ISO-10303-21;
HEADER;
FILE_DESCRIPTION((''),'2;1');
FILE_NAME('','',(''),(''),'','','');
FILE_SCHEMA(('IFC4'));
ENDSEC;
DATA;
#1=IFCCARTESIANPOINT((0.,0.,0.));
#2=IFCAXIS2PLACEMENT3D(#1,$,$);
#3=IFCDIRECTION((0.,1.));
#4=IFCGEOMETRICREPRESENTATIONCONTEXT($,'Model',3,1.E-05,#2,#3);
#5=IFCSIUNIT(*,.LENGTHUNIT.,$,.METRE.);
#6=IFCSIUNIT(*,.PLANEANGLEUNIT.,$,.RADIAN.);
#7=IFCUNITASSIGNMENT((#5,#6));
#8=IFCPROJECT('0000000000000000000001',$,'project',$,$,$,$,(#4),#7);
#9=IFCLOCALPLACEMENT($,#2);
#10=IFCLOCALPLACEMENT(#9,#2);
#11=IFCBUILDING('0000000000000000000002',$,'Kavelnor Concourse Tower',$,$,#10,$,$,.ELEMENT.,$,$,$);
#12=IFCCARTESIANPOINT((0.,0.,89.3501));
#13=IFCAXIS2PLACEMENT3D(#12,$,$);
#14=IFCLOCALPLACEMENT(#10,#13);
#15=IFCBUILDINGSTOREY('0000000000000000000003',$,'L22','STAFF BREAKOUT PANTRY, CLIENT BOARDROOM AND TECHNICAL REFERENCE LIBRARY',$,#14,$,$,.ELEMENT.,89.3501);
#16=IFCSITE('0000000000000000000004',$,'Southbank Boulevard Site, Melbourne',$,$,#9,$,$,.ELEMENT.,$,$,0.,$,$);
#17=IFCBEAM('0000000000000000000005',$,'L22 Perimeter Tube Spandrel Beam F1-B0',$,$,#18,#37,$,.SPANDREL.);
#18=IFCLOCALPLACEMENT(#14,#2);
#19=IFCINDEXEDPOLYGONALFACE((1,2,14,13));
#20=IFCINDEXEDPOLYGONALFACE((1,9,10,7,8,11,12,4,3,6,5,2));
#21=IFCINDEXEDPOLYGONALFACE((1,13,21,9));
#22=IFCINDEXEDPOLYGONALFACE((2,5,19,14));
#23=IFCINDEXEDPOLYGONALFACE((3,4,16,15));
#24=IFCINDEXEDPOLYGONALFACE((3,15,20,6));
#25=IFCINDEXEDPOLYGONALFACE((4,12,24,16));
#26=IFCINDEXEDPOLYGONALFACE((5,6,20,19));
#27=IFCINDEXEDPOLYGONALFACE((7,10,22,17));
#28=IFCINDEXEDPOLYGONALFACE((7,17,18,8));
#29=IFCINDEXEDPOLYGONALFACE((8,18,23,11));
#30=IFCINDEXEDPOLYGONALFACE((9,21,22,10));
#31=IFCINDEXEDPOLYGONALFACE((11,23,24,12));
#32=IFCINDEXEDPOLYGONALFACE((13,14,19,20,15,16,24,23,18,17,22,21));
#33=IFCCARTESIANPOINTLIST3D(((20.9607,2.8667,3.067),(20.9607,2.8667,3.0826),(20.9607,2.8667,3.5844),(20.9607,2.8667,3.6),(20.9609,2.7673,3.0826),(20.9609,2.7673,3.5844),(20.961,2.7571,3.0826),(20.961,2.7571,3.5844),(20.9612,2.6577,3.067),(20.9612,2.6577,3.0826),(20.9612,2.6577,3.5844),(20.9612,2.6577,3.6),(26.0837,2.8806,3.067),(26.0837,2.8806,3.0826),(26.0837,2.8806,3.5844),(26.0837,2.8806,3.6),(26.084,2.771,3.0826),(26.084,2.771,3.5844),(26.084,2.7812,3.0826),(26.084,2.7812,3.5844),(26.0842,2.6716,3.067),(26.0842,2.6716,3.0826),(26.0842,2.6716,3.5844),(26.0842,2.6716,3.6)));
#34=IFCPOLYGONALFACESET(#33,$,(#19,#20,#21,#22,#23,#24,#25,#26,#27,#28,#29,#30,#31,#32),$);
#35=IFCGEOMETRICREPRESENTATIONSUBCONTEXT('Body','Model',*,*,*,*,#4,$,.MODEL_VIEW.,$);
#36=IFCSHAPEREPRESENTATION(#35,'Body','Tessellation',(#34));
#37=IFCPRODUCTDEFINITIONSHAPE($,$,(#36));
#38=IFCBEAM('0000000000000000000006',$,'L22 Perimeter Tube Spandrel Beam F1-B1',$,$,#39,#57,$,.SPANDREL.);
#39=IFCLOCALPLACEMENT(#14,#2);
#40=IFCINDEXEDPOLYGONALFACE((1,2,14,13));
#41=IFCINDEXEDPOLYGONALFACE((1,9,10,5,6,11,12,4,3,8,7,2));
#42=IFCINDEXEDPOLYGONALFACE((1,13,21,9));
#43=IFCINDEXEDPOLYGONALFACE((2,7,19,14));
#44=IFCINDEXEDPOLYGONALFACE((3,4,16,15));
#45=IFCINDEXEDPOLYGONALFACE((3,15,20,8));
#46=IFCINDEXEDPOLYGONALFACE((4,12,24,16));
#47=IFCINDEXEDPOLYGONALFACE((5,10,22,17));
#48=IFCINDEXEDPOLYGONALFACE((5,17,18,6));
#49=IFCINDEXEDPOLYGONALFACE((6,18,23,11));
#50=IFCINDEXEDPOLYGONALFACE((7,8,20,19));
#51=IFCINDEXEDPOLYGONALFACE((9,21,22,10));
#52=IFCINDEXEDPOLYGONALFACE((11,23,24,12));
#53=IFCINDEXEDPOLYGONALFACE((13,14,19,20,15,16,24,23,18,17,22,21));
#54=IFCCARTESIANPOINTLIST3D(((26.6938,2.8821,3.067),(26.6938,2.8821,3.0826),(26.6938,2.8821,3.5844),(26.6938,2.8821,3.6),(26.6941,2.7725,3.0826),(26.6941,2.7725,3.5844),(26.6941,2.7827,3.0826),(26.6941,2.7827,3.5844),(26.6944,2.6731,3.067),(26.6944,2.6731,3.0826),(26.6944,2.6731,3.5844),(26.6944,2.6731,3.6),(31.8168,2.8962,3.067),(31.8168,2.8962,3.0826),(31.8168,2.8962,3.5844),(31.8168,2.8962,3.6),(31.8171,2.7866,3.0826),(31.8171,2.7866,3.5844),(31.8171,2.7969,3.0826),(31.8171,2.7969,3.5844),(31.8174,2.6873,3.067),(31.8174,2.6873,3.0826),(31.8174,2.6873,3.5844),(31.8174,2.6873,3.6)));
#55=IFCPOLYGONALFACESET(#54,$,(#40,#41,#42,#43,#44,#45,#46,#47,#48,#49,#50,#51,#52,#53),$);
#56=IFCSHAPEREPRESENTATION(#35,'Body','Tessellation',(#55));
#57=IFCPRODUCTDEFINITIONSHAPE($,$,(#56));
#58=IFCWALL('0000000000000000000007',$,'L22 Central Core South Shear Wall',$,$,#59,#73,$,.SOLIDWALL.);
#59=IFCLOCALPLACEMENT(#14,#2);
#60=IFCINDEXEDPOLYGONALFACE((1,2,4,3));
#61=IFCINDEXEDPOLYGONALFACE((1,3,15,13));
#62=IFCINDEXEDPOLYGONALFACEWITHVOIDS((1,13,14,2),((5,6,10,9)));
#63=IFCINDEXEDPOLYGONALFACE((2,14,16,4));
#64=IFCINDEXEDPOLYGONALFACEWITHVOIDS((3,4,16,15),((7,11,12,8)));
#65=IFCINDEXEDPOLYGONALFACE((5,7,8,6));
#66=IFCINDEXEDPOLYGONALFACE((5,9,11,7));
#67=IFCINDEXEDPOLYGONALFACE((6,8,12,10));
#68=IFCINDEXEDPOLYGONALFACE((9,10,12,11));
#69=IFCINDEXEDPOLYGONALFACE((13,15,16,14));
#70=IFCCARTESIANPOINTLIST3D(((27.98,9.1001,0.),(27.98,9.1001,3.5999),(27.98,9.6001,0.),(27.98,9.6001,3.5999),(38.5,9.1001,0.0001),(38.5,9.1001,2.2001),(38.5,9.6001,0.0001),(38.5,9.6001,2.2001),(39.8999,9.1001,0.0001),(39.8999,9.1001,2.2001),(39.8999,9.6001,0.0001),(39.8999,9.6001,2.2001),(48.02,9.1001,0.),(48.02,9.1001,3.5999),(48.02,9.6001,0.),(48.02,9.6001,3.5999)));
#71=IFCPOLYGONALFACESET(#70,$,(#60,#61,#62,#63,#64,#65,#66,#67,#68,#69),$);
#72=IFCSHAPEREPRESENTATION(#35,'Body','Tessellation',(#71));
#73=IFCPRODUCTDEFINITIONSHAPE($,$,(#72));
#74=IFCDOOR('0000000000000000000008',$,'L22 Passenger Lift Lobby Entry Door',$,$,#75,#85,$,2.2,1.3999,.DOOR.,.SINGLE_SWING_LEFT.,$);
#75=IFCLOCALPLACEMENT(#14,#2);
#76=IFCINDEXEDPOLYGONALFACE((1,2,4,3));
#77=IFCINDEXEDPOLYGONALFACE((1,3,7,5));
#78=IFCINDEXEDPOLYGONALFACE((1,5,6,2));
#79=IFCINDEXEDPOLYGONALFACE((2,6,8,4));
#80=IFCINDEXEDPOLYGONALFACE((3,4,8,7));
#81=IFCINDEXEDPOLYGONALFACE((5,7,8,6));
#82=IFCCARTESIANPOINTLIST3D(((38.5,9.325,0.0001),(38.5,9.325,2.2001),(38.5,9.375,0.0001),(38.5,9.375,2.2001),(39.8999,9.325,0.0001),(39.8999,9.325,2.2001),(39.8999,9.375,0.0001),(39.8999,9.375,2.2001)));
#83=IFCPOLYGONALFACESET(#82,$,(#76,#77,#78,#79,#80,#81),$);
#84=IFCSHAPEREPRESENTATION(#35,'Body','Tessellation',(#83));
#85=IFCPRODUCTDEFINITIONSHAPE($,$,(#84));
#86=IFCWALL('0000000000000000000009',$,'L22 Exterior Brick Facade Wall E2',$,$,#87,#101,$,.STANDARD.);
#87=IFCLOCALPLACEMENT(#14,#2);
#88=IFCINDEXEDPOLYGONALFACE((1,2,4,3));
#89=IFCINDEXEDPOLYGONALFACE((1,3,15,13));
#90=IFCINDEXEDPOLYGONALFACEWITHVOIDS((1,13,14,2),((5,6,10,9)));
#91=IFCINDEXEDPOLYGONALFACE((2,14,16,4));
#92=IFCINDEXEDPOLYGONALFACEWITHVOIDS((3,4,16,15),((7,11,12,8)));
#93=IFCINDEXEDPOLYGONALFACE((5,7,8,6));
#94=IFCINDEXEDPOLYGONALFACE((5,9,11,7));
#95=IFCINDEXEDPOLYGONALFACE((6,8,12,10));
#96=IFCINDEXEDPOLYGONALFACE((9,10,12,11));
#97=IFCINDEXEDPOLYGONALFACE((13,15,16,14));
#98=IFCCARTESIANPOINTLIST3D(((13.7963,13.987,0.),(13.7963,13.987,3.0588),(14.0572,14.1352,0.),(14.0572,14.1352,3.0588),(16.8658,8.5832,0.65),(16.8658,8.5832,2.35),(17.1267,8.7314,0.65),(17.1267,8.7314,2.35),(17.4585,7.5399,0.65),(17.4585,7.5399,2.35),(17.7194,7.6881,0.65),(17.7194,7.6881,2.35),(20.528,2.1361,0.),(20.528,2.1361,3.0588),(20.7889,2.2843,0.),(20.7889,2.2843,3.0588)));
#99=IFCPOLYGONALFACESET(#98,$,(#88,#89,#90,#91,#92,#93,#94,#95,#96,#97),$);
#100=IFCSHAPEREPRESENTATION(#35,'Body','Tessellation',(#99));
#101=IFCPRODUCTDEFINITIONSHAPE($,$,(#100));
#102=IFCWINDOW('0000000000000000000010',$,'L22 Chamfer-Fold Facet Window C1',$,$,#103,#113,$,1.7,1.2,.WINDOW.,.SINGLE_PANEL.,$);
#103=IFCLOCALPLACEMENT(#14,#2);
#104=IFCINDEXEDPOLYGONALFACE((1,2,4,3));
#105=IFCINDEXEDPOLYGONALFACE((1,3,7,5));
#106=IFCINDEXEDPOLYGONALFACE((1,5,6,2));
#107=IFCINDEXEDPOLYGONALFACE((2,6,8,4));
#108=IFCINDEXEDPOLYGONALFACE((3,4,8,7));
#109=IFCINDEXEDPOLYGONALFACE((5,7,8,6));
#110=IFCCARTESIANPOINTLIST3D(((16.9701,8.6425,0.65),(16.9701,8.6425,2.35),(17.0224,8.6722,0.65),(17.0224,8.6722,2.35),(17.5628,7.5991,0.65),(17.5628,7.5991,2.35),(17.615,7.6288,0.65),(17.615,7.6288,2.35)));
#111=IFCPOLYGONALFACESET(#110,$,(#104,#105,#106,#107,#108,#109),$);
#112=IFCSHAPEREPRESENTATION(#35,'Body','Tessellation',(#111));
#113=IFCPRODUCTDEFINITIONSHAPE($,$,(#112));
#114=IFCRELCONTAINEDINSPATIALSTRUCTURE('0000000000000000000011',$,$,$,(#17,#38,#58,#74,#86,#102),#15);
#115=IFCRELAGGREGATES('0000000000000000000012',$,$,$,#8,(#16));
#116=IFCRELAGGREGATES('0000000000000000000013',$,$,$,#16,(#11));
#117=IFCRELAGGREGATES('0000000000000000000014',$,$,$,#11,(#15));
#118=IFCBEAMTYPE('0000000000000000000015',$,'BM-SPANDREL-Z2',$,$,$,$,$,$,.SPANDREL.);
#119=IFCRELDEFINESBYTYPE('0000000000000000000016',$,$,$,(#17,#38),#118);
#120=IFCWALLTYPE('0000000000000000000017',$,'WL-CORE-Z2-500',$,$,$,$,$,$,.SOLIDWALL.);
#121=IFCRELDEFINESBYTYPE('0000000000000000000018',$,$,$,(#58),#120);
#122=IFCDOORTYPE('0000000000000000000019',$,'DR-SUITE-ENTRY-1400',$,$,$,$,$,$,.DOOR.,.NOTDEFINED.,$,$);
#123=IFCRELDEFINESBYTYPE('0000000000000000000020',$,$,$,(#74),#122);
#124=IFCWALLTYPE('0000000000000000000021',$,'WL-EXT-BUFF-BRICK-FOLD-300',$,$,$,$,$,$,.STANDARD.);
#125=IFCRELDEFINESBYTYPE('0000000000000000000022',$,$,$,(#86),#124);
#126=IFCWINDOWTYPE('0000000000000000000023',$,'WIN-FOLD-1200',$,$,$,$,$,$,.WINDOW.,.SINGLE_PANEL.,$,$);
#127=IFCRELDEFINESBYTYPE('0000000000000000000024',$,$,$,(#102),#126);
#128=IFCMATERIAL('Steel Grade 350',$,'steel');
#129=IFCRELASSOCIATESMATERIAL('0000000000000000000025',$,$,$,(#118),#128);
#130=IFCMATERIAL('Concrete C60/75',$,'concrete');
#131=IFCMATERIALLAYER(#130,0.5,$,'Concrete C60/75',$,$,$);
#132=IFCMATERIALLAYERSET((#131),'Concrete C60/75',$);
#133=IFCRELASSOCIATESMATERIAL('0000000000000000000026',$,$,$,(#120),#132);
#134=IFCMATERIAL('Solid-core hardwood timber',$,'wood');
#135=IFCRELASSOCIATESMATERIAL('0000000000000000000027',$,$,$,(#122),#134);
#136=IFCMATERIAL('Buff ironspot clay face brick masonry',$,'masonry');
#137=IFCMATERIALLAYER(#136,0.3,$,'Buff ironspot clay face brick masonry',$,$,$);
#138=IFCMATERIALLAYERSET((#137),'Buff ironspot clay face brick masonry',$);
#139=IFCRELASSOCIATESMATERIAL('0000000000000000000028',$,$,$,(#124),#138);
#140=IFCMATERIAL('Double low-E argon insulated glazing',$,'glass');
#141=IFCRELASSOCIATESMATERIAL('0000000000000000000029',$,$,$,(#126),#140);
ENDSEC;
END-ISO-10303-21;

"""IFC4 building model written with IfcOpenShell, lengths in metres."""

from ifc_helpers import new_model, si_unit, direction, frame, frame_2d, origin, origin_2d, place, context, subcontext, project, spatial, rectangle, i_section, extrude, material, layer, layer_set, material_profile, profile_set, type_object, element, fill, save


model = new_model("IFC4")

# Units and contexts
model_context = context("Model", 3, precision=1e-05, world=origin(), true_north=direction((0.0, 1.0)))
body_context = subcontext(model_context, "Body", "Model", "MODEL_VIEW")
ifc_project = project(units=[si_unit("LENGTHUNIT", "METRE"), si_unit("PLANEANGLEUNIT", "RADIAN")], contexts=[model_context])

# Site, building, storey
site_placement = place(None, origin())
site = spatial("IfcSite", under=ifc_project, at=site_placement, Name="Southbank Boulevard Site, Melbourne", CompositionType="ELEMENT", RefElevation=0.0)
building_placement = place(site_placement, origin())
building = spatial("IfcBuilding", under=site, at=building_placement, Name="Kavelnor Concourse Tower", CompositionType="ELEMENT")
storey_placement = place(building_placement, frame((0.0, 0.0, 89.3501)))
storey = spatial("IfcBuildingStorey", under=building, at=storey_placement, Name="L22", Description="STAFF BREAKOUT PANTRY, CLIENT BOARDROOM AND TECHNICAL REFERENCE LIBRARY", CompositionType="ELEMENT", Elevation=89.3501)

# Shared definitions
ifc_material_1 = material(Name="Steel Grade 350", Category="steel")

# Beams
ifc_material_profile_1 = material_profile(ifc_material_1, i_section(OverallWidth=0.209, OverallDepth=0.533, WebThickness=0.0103, FlangeThickness=0.0156, at=origin_2d()), Name="530UB92")
ifc_profile_set_1 = profile_set([ifc_material_profile_1], Name="Steel Grade 350")
beam_type_1 = type_object("IfcBeamType", Name="BM-SPANDREL-Z2", PredefinedType="SPANDREL", material=ifc_profile_set_1)
for number, where, z_axis, x_axis, name in (
    (1, (20.9609, 2.7622, 3.3335), (0.999996, 0.002716, 0.0), (-0.002716, 0.999996, 0.0), "L22 Perimeter Tube Spandrel Beam F1-B0"),
    (2, (26.6941, 2.7776, 3.3335), (0.999996, 0.002764, 0.0), (-0.002764, 0.999996, 0.0), "L22 Perimeter Tube Spandrel Beam F1-B1"),
):
    element("IfcBeam", number, at=place(storey_placement, frame(where, z_axis=z_axis, x_axis=x_axis)), inside=storey, type_object=beam_type_1, Name=name, PredefinedType="SPANDREL", context=body_context, shape_type="SweptSolid", body=[
        extrude(i_section(OverallWidth=0.209, OverallDepth=0.533, WebThickness=0.0103, FlangeThickness=0.0156, at=origin_2d()), origin(), (0.0, 0.0, 1.0), 5.123),
    ])

# Wall, opening, door
ifc_material_2 = material(Name="Concrete C60/75", Category="concrete")
ifc_layer_1 = layer(ifc_material_2, 0.5, Name="Concrete C60/75")
ifc_layer_set_1 = layer_set([ifc_layer_1], Name="Concrete C60/75")
wall_type_1 = type_object("IfcWallType", Name="WL-CORE-Z2-500", PredefinedType="SOLIDWALL", material=ifc_layer_set_1)
wall_1_placement = place(storey_placement, frame((27.98, 9.3501, 0.0), z_axis=(0.0, 0.0, 1.0), x_axis=(1.0, 0.0, 0.0)))
wall_1 = element("IfcWall", 3, at=wall_1_placement, inside=storey, type_object=wall_type_1, Name="L22 Central Core South Shear Wall", PredefinedType="SOLIDWALL", context=body_context, shape_type="SweptSolid", body=[
    extrude(rectangle(XDim=20.04, YDim=0.5, at=frame_2d((10.02, 0.0))), origin(), (0.0, 0.0, 1.0), 3.5999),
])
opening_1_placement = place(wall_1_placement, frame((10.52, 0.0, 0.0)))
opening_1 = element("IfcOpeningElement", 4, at=opening_1_placement, cuts=wall_1, PredefinedType="OPENING", context=body_context, shape_type="SweptSolid", body=[
    extrude(rectangle(XDim=1.3999, YDim=2.2, at=frame_2d((0.7, 1.1001))), frame((0.0, 0.26, 0.0), z_axis=(0.0, -1.0, 0.0), x_axis=(1.0, 0.0, 0.0)), (0.0, 0.0, 1.0), 0.52),
])
ifc_material_3 = material(Name="Solid-core hardwood timber", Category="wood")
door_type_1 = type_object("IfcDoorType", Name="DR-SUITE-ENTRY-1400", OperationType="NOTDEFINED", PredefinedType="DOOR", material=ifc_material_3)
door_1_placement = place(opening_1_placement, origin())
door_1 = element("IfcDoor", 5, at=door_1_placement, inside=storey, type_object=door_type_1, Name="L22 Passenger Lift Lobby Entry Door", OperationType="SINGLE_SWING_LEFT", OverallHeight=2.2, OverallWidth=1.3999, PredefinedType="DOOR", context=body_context, shape_type="SweptSolid", body=[
    extrude(rectangle(XDim=1.3999, YDim=2.2, at=frame_2d((0.7, 1.1001))), frame((0.0, 0.0249, 0.0), z_axis=(0.0, -1.0, 0.0), x_axis=(1.0, 0.0, 0.0)), (0.0, 0.0, 1.0), 0.05),
])
fill(opening_1, door_1)

# Wall, opening, window
ifc_material_4 = material(Name="Buff ironspot clay face brick masonry", Category="masonry")
ifc_layer_2 = layer(ifc_material_4, 0.3, Name="Buff ironspot clay face brick masonry")
ifc_layer_set_2 = layer_set([ifc_layer_2], Name="Buff ironspot clay face brick masonry")
wall_type_2 = type_object("IfcWallType", Name="WL-EXT-BUFF-BRICK-FOLD-300", PredefinedType="STANDARD", material=ifc_layer_set_2)
wall_2_placement = place(storey_placement, frame((20.6584, 2.2102, 0.0), z_axis=(0.0, 0.0, 1.0), x_axis=(-0.493913, 0.869511, 0.0)))
wall_2 = element("IfcWall", 6, at=wall_2_placement, inside=storey, type_object=wall_type_2, Name="L22 Exterior Brick Facade Wall E2", PredefinedType="STANDARD", context=body_context, shape_type="SweptSolid", body=[
    extrude(rectangle(XDim=13.6294, YDim=0.3, at=frame_2d((6.8147, 0.0))), origin(), (0.0, 0.0, 1.0), 3.0588),
])
opening_2_placement = place(wall_2_placement, frame((6.2146, 0.0, 0.6499)))
opening_2 = element("IfcOpeningElement", 7, at=opening_2_placement, cuts=wall_2, PredefinedType="OPENING", context=body_context, shape_type="SweptSolid", body=[
    extrude(rectangle(XDim=1.2, YDim=1.7, at=frame_2d((0.6001, 0.8501))), frame((0.0, 0.1602, 0.0), z_axis=(0.0, -1.0, 0.0), x_axis=(1.0, 0.0, 0.0)), (0.0, 0.0, 1.0), 0.3201),
])
ifc_material_5 = material(Name="Double low-E argon insulated glazing", Category="glass")
window_type = type_object("IfcWindowType", Name="WIN-FOLD-1200", PartitioningType="SINGLE_PANEL", PredefinedType="WINDOW", material=ifc_material_5)
window_placement = place(opening_2_placement, origin())
window = element("IfcWindow", 8, at=window_placement, inside=storey, type_object=window_type, Name="L22 Chamfer-Fold Facet Window C1", OverallHeight=1.7, OverallWidth=1.2, PartitioningType="SINGLE_PANEL", PredefinedType="WINDOW", context=body_context, shape_type="SweptSolid", body=[
    extrude(rectangle(XDim=1.2, YDim=1.7, at=frame_2d((0.6001, 0.8501))), frame((0.0, 0.03, 0.0), z_axis=(0.0, -1.0, 0.0), x_axis=(1.0, 0.0, 0.0)), (0.0, 0.0, 1.0), 0.0601),
])
fill(opening_2, window)

save(model, "model.ifc")
